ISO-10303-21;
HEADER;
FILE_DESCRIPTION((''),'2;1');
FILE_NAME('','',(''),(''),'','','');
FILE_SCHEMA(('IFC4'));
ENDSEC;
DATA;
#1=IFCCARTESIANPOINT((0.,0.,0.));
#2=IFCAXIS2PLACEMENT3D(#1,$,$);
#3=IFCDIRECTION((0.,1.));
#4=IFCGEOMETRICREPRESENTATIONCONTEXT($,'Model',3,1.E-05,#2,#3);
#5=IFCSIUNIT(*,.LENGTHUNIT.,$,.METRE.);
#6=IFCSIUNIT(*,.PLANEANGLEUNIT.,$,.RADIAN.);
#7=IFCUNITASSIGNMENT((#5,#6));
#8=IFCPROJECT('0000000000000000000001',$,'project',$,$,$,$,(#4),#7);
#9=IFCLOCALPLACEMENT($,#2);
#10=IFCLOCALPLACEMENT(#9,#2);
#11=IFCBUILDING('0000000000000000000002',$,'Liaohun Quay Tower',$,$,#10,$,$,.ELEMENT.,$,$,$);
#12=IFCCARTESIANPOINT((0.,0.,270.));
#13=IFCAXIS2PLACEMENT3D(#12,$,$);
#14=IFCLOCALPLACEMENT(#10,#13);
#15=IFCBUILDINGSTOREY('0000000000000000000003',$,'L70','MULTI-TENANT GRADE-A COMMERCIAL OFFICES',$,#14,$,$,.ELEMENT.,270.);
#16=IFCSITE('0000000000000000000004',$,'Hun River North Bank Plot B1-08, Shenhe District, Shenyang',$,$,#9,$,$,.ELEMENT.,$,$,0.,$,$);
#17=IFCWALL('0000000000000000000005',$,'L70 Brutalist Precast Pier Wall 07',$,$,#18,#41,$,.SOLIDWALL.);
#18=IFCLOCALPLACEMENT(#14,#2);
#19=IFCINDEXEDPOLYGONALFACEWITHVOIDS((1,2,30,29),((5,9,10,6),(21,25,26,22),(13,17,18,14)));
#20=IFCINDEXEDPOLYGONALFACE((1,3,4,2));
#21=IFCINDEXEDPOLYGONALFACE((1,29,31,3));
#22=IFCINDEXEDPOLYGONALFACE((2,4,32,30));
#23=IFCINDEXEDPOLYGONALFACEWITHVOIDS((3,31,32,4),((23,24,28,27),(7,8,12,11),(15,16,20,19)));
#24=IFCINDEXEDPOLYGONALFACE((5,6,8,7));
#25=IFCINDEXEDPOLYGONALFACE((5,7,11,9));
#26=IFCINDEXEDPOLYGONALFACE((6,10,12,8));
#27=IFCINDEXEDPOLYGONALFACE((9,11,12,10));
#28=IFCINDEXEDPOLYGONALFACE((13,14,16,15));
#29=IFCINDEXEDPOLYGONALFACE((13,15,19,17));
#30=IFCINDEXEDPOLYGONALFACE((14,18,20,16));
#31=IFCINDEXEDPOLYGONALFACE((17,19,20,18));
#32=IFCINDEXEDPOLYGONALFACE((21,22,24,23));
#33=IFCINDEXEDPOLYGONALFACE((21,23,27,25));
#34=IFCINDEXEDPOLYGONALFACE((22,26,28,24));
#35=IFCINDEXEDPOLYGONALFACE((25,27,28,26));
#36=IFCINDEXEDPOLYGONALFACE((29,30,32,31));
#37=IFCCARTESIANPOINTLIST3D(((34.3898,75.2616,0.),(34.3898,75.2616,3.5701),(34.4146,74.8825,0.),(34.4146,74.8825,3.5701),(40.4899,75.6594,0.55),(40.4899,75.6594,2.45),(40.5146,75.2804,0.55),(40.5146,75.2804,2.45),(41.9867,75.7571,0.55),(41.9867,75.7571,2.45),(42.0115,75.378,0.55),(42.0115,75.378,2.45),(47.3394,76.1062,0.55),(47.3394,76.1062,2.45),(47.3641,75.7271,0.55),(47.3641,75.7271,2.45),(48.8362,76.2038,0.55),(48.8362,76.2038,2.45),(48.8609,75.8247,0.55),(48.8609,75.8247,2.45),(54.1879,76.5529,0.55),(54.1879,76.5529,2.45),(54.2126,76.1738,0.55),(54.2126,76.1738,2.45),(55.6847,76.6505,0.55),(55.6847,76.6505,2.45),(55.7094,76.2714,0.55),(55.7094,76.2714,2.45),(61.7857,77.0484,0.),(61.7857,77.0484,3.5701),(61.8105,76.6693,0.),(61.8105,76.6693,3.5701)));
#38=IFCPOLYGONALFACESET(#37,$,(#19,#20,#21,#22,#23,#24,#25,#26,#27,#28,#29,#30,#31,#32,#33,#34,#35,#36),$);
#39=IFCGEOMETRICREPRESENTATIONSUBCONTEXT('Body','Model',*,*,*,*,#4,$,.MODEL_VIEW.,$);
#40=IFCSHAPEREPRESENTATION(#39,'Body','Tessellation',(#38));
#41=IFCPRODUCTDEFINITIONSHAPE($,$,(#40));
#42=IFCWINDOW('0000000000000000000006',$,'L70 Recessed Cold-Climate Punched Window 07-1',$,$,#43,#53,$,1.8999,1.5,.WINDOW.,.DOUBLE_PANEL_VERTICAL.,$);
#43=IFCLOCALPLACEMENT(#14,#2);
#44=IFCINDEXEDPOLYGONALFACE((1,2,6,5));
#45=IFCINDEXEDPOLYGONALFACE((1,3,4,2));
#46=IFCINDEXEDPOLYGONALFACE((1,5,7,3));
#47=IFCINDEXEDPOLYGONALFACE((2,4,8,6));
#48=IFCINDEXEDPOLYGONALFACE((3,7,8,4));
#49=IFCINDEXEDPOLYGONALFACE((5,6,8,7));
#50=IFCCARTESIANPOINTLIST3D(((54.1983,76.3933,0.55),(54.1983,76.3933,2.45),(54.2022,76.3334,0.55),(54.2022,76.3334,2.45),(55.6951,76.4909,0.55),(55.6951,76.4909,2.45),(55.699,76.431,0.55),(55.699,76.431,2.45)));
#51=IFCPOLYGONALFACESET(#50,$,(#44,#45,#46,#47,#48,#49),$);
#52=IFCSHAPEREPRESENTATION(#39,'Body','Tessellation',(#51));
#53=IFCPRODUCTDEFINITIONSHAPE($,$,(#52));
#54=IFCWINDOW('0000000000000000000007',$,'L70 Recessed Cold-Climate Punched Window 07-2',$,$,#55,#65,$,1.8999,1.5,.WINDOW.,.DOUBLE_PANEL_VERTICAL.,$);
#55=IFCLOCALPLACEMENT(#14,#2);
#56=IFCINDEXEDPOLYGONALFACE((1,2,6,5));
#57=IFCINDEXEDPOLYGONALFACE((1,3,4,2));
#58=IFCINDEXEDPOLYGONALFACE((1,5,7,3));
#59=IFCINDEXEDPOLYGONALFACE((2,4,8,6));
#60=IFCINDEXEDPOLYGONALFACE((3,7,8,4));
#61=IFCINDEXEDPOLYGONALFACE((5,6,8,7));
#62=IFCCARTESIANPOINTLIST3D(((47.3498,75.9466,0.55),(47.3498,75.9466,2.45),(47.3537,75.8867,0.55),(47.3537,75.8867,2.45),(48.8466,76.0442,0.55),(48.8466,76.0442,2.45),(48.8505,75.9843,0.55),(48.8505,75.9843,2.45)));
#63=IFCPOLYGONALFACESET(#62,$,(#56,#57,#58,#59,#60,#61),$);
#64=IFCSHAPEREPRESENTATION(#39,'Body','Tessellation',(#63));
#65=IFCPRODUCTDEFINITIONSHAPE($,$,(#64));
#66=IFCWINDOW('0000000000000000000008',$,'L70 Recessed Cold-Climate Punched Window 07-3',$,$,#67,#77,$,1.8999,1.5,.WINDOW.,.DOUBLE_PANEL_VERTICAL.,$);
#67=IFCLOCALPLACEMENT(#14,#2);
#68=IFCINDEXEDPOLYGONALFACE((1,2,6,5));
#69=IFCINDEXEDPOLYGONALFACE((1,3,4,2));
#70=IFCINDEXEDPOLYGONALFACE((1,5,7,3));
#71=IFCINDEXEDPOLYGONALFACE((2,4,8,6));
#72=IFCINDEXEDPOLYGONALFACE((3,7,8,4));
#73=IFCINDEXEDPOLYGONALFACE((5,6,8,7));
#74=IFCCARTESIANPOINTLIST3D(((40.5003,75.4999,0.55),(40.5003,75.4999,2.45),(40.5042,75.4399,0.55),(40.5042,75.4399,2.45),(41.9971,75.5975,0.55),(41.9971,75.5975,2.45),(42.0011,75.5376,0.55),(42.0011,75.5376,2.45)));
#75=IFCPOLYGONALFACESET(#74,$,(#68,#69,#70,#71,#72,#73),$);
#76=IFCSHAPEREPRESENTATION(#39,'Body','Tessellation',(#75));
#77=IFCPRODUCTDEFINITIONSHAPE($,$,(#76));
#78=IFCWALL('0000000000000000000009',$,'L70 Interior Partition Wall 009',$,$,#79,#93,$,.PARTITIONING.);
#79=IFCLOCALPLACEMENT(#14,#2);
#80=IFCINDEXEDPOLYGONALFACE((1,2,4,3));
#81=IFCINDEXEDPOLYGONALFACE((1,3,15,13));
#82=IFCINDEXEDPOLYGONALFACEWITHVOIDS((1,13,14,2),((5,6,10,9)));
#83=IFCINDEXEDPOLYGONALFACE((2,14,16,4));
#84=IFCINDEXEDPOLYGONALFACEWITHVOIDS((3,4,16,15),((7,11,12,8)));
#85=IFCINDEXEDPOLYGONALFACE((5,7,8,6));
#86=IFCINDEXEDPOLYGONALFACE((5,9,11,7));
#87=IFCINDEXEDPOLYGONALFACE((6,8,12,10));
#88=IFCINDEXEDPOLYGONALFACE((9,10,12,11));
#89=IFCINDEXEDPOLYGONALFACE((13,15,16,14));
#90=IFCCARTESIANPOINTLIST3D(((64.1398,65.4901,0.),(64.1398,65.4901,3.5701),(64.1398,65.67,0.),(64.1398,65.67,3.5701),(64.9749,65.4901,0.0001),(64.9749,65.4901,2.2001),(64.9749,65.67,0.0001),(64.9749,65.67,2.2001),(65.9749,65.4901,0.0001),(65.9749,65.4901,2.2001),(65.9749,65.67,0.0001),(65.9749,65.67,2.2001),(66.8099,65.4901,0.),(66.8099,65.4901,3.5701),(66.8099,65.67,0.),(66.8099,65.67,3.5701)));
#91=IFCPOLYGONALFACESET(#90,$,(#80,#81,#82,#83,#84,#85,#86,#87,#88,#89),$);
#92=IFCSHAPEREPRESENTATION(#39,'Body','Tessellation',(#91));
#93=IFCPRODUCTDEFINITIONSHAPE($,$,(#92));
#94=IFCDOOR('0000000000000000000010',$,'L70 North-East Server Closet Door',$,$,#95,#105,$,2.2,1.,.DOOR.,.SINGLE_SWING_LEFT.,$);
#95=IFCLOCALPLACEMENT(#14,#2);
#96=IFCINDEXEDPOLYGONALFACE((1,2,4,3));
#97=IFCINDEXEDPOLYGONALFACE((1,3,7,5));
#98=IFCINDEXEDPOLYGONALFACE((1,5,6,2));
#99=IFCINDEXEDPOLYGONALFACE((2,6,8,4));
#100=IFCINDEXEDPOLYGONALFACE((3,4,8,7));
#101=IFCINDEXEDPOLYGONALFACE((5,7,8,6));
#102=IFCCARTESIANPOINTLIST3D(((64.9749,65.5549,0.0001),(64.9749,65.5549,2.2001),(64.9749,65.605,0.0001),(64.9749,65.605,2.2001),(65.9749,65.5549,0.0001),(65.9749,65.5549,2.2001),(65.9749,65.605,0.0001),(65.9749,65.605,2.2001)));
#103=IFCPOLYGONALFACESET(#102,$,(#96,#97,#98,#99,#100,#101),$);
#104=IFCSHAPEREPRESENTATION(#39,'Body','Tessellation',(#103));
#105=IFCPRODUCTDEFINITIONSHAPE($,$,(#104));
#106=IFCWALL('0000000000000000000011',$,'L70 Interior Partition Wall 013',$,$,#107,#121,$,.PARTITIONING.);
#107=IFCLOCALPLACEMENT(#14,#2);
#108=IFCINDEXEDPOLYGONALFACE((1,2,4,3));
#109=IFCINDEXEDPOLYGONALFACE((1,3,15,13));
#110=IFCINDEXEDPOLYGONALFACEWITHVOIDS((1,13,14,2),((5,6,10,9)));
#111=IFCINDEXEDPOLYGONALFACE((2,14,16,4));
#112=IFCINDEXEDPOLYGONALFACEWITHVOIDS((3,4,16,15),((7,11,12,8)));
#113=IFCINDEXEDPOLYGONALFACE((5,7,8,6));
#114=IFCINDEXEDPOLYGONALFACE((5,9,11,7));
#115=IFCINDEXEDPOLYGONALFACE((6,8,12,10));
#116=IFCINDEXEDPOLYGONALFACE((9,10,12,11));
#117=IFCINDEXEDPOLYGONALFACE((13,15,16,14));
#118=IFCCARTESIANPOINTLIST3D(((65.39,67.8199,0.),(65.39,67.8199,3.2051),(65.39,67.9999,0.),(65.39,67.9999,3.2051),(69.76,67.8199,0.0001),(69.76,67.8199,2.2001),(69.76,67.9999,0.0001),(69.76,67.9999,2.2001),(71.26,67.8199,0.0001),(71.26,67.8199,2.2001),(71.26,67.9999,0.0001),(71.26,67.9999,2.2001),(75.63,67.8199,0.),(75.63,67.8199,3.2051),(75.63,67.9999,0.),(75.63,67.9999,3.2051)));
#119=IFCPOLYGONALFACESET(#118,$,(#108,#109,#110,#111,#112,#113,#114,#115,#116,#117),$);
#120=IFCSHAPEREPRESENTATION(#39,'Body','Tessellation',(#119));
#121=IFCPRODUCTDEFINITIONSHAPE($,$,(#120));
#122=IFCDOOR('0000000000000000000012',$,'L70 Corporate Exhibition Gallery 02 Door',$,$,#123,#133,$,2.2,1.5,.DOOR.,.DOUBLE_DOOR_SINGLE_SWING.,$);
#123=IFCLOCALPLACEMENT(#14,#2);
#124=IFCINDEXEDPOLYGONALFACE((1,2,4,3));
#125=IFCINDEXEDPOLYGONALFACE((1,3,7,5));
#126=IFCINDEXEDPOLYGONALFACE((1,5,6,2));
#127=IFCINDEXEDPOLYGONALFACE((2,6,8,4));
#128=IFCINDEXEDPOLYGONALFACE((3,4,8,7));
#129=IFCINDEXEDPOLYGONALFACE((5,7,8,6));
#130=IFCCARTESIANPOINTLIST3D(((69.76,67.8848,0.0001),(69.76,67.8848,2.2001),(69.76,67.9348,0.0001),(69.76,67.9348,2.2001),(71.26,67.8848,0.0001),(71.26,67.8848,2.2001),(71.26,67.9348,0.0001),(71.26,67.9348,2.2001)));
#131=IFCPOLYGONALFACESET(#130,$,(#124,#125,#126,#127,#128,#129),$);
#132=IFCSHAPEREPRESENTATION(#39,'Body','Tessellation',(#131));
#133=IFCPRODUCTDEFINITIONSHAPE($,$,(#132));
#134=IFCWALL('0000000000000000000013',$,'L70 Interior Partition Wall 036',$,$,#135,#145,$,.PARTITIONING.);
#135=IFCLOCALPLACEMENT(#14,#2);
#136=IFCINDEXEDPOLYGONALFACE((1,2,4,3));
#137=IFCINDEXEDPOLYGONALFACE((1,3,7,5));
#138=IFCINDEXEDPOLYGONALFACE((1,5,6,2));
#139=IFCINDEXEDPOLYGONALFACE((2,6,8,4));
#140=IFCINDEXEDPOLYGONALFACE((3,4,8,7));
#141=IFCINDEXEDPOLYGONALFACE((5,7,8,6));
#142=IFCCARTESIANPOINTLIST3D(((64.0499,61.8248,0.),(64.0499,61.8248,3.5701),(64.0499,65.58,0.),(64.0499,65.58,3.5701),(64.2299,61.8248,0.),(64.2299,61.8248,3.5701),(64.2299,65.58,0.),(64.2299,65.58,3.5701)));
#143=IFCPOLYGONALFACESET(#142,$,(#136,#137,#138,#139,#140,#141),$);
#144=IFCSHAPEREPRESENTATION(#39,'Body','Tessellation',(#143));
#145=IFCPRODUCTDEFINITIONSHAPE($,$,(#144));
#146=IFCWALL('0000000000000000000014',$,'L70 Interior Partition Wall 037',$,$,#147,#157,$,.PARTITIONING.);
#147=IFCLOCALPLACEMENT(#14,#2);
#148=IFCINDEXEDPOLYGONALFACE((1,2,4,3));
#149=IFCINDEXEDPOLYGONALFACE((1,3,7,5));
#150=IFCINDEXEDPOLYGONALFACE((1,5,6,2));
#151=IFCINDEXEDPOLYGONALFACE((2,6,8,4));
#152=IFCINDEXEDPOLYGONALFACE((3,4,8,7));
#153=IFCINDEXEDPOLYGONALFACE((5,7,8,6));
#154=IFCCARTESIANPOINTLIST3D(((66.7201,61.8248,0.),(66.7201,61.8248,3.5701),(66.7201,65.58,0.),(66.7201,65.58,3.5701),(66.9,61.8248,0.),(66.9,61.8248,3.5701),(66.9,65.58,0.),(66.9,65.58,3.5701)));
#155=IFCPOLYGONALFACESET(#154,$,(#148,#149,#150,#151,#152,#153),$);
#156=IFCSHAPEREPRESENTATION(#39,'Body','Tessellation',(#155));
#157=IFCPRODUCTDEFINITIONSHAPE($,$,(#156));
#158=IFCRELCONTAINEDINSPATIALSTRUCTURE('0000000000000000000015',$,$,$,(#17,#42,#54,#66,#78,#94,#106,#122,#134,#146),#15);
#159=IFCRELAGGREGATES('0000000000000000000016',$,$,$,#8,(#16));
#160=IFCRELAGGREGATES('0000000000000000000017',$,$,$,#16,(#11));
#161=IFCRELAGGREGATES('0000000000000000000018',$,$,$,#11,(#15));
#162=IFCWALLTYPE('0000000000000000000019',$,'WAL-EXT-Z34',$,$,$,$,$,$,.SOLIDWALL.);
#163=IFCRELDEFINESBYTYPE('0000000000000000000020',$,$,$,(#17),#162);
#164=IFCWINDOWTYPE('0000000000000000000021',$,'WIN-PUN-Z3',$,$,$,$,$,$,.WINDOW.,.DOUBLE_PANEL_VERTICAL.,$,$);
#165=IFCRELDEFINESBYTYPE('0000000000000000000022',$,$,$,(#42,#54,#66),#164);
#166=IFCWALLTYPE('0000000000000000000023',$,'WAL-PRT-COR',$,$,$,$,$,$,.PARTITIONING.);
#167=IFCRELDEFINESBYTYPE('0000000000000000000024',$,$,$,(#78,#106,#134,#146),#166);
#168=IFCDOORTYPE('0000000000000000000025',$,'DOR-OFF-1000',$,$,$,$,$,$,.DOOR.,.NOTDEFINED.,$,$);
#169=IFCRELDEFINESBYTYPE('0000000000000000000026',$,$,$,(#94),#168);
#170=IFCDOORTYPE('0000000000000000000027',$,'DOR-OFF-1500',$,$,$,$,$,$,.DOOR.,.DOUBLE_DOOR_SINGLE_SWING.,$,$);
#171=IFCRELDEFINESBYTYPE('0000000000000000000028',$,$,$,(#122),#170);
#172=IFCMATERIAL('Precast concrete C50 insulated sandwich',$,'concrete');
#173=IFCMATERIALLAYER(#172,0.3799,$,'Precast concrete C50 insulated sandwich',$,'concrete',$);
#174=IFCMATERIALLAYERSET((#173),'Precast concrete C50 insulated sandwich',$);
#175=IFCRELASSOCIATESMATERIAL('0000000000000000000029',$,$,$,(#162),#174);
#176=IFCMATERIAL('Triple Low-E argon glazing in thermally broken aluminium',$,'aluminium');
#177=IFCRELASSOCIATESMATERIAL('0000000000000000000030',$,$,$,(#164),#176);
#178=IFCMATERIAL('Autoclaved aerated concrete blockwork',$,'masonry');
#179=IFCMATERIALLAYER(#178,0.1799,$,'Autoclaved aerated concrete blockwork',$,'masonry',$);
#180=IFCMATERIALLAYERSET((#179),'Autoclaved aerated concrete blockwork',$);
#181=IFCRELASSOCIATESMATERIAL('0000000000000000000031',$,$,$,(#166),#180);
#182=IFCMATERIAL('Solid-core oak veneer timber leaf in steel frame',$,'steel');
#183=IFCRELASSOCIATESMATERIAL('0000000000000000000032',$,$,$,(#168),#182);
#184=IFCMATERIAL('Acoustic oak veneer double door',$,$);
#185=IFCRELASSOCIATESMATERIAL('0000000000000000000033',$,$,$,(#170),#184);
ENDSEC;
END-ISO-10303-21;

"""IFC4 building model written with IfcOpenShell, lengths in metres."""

from ifc_helpers import new_model, si_unit, direction, frame, frame_2d, origin, place, context, subcontext, project, spatial, rectangle, extrude, source, transform, mapped, material, layer, layer_set, type_object, element, fill, save


model = new_model("IFC4")

# Units and contexts
model_context = context("Model", 3, precision=1e-05, world=origin(), true_north=direction((0.0, 1.0)))
body_context = subcontext(model_context, "Body", "Model", "MODEL_VIEW")
ifc_project = project(units=[si_unit("LENGTHUNIT", "METRE"), si_unit("PLANEANGLEUNIT", "RADIAN")], contexts=[model_context])

# Site, building, storey
site_placement = place(None, origin())
site = spatial("IfcSite", under=ifc_project, at=site_placement, Name="Hun River North Bank Plot B1-08, Shenhe District, Shenyang", CompositionType="ELEMENT", RefElevation=0.0)
building_placement = place(site_placement, origin())
building = spatial("IfcBuilding", under=site, at=building_placement, Name="Liaohun Quay Tower", CompositionType="ELEMENT")
storey_placement = place(building_placement, frame((0.0, 0.0, 270.0)))
storey = spatial("IfcBuildingStorey", under=building, at=storey_placement, Name="L70", Description="MULTI-TENANT GRADE-A COMMERCIAL OFFICES", CompositionType="ELEMENT", Elevation=270.0)

# Wall, openings, windows
ifc_material_1 = material(Name="Precast concrete C50 insulated sandwich", Category="concrete")
ifc_layer_1 = layer(ifc_material_1, 0.3799, Name="Precast concrete C50 insulated sandwich", Category="concrete")
ifc_layer_set_1 = layer_set([ifc_layer_1], Name="Precast concrete C50 insulated sandwich")
wall_type_1 = type_object("IfcWallType", Name="WAL-EXT-Z34", PredefinedType="SOLIDWALL", material=ifc_layer_set_1)
wall_1_placement = place(storey_placement, frame((61.7981, 76.8589, 0.0), z_axis=(0.0, 0.0, 1.0), x_axis=(-0.99788, -0.065085, 0.0)))
wall_1 = element("IfcWall", 1, at=wall_1_placement, inside=storey, type_object=wall_type_1, Name="L70 Brutalist Precast Pier Wall 07", PredefinedType="SOLIDWALL", context=body_context, shape_type="SweptSolid", body=[
    extrude(rectangle(XDim=27.4541, YDim=0.3799, at=frame_2d((13.7271, 0.0))), origin(), (0.0, 0.0, 1.0), 3.5701),
])
shared_shape_1 = source(origin(), body_context, "Body", "SweptSolid", [
    extrude(rectangle(XDim=1.5, YDim=1.8999, at=frame_2d((0.75, 0.95))), frame((0.0, 0.2, 0.0), z_axis=(0.0, -1.0, 0.0), x_axis=(1.0, 0.0, 0.0)), (0.0, 0.0, 1.0), 0.3999),
])
opening_1_placement = place(wall_1_placement, frame((6.114, 0.0, 0.55)))
opening_1 = element("IfcOpeningElement", 2, at=opening_1_placement, cuts=wall_1, PredefinedType="OPENING", context=body_context, shape_type="MappedRepresentation", body=[
    mapped(shared_shape_1, transform((0.0, 0.0, 0.0), x_axis=(1.0, 0.0, 0.0), y_axis=(0.0, 1.0, 0.0), z_axis=(0.0, 0.0, 1.0), scale=1.0)),
])
opening_2_placement = place(wall_1_placement, frame((12.9771, 0.0, 0.55)))
opening_2 = element("IfcOpeningElement", 3, at=opening_2_placement, cuts=wall_1, PredefinedType="OPENING", context=body_context, shape_type="MappedRepresentation", body=[
    mapped(shared_shape_1, transform((0.0, 0.0, 0.0), x_axis=(1.0, 0.0, 0.0), y_axis=(0.0, 1.0, 0.0), z_axis=(0.0, 0.0, 1.0), scale=1.0)),
])
opening_3_placement = place(wall_1_placement, frame((19.8411, 0.0, 0.55)))
opening_3 = element("IfcOpeningElement", 4, at=opening_3_placement, cuts=wall_1, PredefinedType="OPENING", context=body_context, shape_type="MappedRepresentation", body=[
    mapped(shared_shape_1, transform((0.0, 0.0, 0.0), x_axis=(1.0, 0.0, 0.0), y_axis=(0.0, 1.0, 0.0), z_axis=(0.0, 0.0, 1.0), scale=1.0)),
])
ifc_material_2 = material(Name="Triple Low-E argon glazing in thermally broken aluminium", Category="aluminium")
window_type = type_object("IfcWindowType", Name="WIN-PUN-Z3", PartitioningType="DOUBLE_PANEL_VERTICAL", PredefinedType="WINDOW", material=ifc_material_2)
shared_shape_2 = source(origin(), body_context, "Body", "SweptSolid", [
    extrude(rectangle(XDim=1.5, YDim=1.8999, at=frame_2d((0.75, 0.95))), frame((0.0, 0.03, 0.0), z_axis=(0.0, -1.0, 0.0), x_axis=(1.0, 0.0, 0.0)), (0.0, 0.0, 1.0), 0.0601),
])
window_1_placement = place(opening_1_placement, origin())
window_1 = element("IfcWindow", 5, at=window_1_placement, inside=storey, type_object=window_type, Name="L70 Recessed Cold-Climate Punched Window 07-1", OverallHeight=1.8999, OverallWidth=1.5, PartitioningType="DOUBLE_PANEL_VERTICAL", PredefinedType="WINDOW", context=body_context, shape_type="MappedRepresentation", body=[
    mapped(shared_shape_2, transform((0.0, 0.0, 0.0), x_axis=(1.0, 0.0, 0.0), y_axis=(0.0, 1.0, 0.0), z_axis=(0.0, 0.0, 1.0), scale=1.0)),
])
fill(opening_1, window_1)
window_2_placement = place(opening_2_placement, origin())
window_2 = element("IfcWindow", 6, at=window_2_placement, inside=storey, type_object=window_type, Name="L70 Recessed Cold-Climate Punched Window 07-2", OverallHeight=1.8999, OverallWidth=1.5, PartitioningType="DOUBLE_PANEL_VERTICAL", PredefinedType="WINDOW", context=body_context, shape_type="MappedRepresentation", body=[
    mapped(shared_shape_2, transform((0.0, 0.0, 0.0), x_axis=(1.0, 0.0, 0.0), y_axis=(0.0, 1.0, 0.0), z_axis=(0.0, 0.0, 1.0), scale=1.0)),
])
fill(opening_2, window_2)
window_3_placement = place(opening_3_placement, origin())
window_3 = element("IfcWindow", 7, at=window_3_placement, inside=storey, type_object=window_type, Name="L70 Recessed Cold-Climate Punched Window 07-3", OverallHeight=1.8999, OverallWidth=1.5, PartitioningType="DOUBLE_PANEL_VERTICAL", PredefinedType="WINDOW", context=body_context, shape_type="MappedRepresentation", body=[
    mapped(shared_shape_2, transform((0.0, 0.0, 0.0), x_axis=(1.0, 0.0, 0.0), y_axis=(0.0, 1.0, 0.0), z_axis=(0.0, 0.0, 1.0), scale=1.0)),
])
fill(opening_3, window_3)

# Walls, openings, doors
ifc_material_3 = material(Name="Autoclaved aerated concrete blockwork", Category="masonry")
ifc_layer_2 = layer(ifc_material_3, 0.1799, Name="Autoclaved aerated concrete blockwork", Category="masonry")
ifc_layer_set_2 = layer_set([ifc_layer_2], Name="Autoclaved aerated concrete blockwork")
wall_type_2 = type_object("IfcWallType", Name="WAL-PRT-COR", PredefinedType="PARTITIONING", material=ifc_layer_set_2)
wall_2_placement = place(storey_placement, frame((64.1399, 65.5801, 0.0), z_axis=(0.0, 0.0, 1.0), x_axis=(1.0, 0.0, 0.0)))
wall_2 = element("IfcWall", 8, at=wall_2_placement, inside=storey, type_object=wall_type_2, Name="L70 Interior Partition Wall 009", PredefinedType="PARTITIONING", context=body_context, shape_type="SweptSolid", body=[
    extrude(rectangle(XDim=2.6702, YDim=0.1799, at=frame_2d((1.335, 0.0))), origin(), (0.0, 0.0, 1.0), 3.5701),
])
shared_shape_3 = source(origin(), body_context, "Body", "SweptSolid", [
    extrude(rectangle(XDim=1.0, YDim=2.2, at=frame_2d((0.5, 1.1001))), frame((0.0, 0.0999, 0.0), z_axis=(0.0, -1.0, 0.0), x_axis=(1.0, 0.0, 0.0)), (0.0, 0.0, 1.0), 0.2),
])
opening_4_placement = place(wall_2_placement, frame((0.835, 0.0, 0.0)))
opening_4 = element("IfcOpeningElement", 9, at=opening_4_placement, cuts=wall_2, PredefinedType="OPENING", context=body_context, shape_type="MappedRepresentation", body=[
    mapped(shared_shape_3, transform((0.0, 0.0, 0.0), x_axis=(1.0, 0.0, 0.0), y_axis=(0.0, 1.0, 0.0), z_axis=(0.0, 0.0, 1.0), scale=1.0)),
])
ifc_material_4 = material(Name="Solid-core oak veneer timber leaf in steel frame", Category="steel")
door_type_1 = type_object("IfcDoorType", Name="DOR-OFF-1000", OperationType="NOTDEFINED", PredefinedType="DOOR", material=ifc_material_4)
shared_shape_4 = source(origin(), body_context, "Body", "SweptSolid", [
    extrude(rectangle(XDim=1.0, YDim=2.2, at=frame_2d((0.5, 1.1001))), frame((0.0, 0.0249, 0.0), z_axis=(0.0, -1.0, 0.0), x_axis=(1.0, 0.0, 0.0)), (0.0, 0.0, 1.0), 0.05),
])
door_1_placement = place(opening_4_placement, origin())
door_1 = element("IfcDoor", 10, at=door_1_placement, inside=storey, type_object=door_type_1, Name="L70 North-East Server Closet Door", OperationType="SINGLE_SWING_LEFT", OverallHeight=2.2, OverallWidth=1.0, PredefinedType="DOOR", context=body_context, shape_type="MappedRepresentation", body=[
    mapped(shared_shape_4, transform((0.0, 0.0, 0.0), x_axis=(1.0, 0.0, 0.0), y_axis=(0.0, 1.0, 0.0), z_axis=(0.0, 0.0, 1.0), scale=1.0)),
])
fill(opening_4, door_1)
wall_3_placement = place(storey_placement, frame((65.3899, 67.9099, 0.0), z_axis=(0.0, 0.0, 1.0), x_axis=(1.0, 0.0, 0.0)))
wall_3 = element("IfcWall", 11, at=wall_3_placement, inside=storey, type_object=wall_type_2, Name="L70 Interior Partition Wall 013", PredefinedType="PARTITIONING", context=body_context, shape_type="SweptSolid", body=[
    extrude(rectangle(XDim=10.24, YDim=0.1799, at=frame_2d((5.1201, 0.0))), origin(), (0.0, 0.0, 1.0), 3.2051),
])
shared_shape_5 = source(origin(), body_context, "Body", "SweptSolid", [
    extrude(rectangle(XDim=1.5, YDim=2.2, at=frame_2d((0.75, 1.1001))), frame((0.0, 0.0999, 0.0), z_axis=(0.0, -1.0, 0.0), x_axis=(1.0, 0.0, 0.0)), (0.0, 0.0, 1.0), 0.2),
])
opening_5_placement = place(wall_3_placement, frame((4.3701, 0.0, 0.0)))
opening_5 = element("IfcOpeningElement", 12, at=opening_5_placement, cuts=wall_3, PredefinedType="OPENING", context=body_context, shape_type="MappedRepresentation", body=[
    mapped(shared_shape_5, transform((0.0, 0.0, 0.0), x_axis=(1.0, 0.0, 0.0), y_axis=(0.0, 1.0, 0.0), z_axis=(0.0, 0.0, 1.0), scale=1.0)),
])
ifc_material_5 = material(Name="Acoustic oak veneer double door")
door_type_2 = type_object("IfcDoorType", Name="DOR-OFF-1500", OperationType="DOUBLE_DOOR_SINGLE_SWING", PredefinedType="DOOR", material=ifc_material_5)
shared_shape_6 = source(origin(), body_context, "Body", "SweptSolid", [
    extrude(rectangle(XDim=1.5, YDim=2.2, at=frame_2d((0.75, 1.1001))), frame((0.0, 0.0249, 0.0), z_axis=(0.0, -1.0, 0.0), x_axis=(1.0, 0.0, 0.0)), (0.0, 0.0, 1.0), 0.05),
])
door_2_placement = place(opening_5_placement, origin())
door_2 = element("IfcDoor", 13, at=door_2_placement, inside=storey, type_object=door_type_2, Name="L70 Corporate Exhibition Gallery 02 Door", OperationType="DOUBLE_DOOR_SINGLE_SWING", OverallHeight=2.2, OverallWidth=1.5, PredefinedType="DOOR", context=body_context, shape_type="MappedRepresentation", body=[
    mapped(shared_shape_6, transform((0.0, 0.0, 0.0), x_axis=(1.0, 0.0, 0.0), y_axis=(0.0, 1.0, 0.0), z_axis=(0.0, 0.0, 1.0), scale=1.0)),
])
fill(opening_5, door_2)

# Walls
for number, where, z_axis, x_axis, name in (
    (14, (64.1399, 61.825, 0.0), (0.0, 0.0, 1.0), (0.0, 1.0, 0.0), "L70 Interior Partition Wall 036"),
    (15, (66.8101, 61.825, 0.0), (0.0, 0.0, 1.0), (0.0, 1.0, 0.0), "L70 Interior Partition Wall 037"),
):
    element("IfcWall", number, at=place(storey_placement, frame(where, z_axis=z_axis, x_axis=x_axis)), inside=storey, type_object=wall_type_2, Name=name, PredefinedType="PARTITIONING", context=body_context, shape_type="SweptSolid", body=[
        extrude(rectangle(XDim=3.7551, YDim=0.1799, at=frame_2d((1.8774, 0.0))), origin(), (0.0, 0.0, 1.0), 3.5701),
    ])

save(model, "model.ifc")
